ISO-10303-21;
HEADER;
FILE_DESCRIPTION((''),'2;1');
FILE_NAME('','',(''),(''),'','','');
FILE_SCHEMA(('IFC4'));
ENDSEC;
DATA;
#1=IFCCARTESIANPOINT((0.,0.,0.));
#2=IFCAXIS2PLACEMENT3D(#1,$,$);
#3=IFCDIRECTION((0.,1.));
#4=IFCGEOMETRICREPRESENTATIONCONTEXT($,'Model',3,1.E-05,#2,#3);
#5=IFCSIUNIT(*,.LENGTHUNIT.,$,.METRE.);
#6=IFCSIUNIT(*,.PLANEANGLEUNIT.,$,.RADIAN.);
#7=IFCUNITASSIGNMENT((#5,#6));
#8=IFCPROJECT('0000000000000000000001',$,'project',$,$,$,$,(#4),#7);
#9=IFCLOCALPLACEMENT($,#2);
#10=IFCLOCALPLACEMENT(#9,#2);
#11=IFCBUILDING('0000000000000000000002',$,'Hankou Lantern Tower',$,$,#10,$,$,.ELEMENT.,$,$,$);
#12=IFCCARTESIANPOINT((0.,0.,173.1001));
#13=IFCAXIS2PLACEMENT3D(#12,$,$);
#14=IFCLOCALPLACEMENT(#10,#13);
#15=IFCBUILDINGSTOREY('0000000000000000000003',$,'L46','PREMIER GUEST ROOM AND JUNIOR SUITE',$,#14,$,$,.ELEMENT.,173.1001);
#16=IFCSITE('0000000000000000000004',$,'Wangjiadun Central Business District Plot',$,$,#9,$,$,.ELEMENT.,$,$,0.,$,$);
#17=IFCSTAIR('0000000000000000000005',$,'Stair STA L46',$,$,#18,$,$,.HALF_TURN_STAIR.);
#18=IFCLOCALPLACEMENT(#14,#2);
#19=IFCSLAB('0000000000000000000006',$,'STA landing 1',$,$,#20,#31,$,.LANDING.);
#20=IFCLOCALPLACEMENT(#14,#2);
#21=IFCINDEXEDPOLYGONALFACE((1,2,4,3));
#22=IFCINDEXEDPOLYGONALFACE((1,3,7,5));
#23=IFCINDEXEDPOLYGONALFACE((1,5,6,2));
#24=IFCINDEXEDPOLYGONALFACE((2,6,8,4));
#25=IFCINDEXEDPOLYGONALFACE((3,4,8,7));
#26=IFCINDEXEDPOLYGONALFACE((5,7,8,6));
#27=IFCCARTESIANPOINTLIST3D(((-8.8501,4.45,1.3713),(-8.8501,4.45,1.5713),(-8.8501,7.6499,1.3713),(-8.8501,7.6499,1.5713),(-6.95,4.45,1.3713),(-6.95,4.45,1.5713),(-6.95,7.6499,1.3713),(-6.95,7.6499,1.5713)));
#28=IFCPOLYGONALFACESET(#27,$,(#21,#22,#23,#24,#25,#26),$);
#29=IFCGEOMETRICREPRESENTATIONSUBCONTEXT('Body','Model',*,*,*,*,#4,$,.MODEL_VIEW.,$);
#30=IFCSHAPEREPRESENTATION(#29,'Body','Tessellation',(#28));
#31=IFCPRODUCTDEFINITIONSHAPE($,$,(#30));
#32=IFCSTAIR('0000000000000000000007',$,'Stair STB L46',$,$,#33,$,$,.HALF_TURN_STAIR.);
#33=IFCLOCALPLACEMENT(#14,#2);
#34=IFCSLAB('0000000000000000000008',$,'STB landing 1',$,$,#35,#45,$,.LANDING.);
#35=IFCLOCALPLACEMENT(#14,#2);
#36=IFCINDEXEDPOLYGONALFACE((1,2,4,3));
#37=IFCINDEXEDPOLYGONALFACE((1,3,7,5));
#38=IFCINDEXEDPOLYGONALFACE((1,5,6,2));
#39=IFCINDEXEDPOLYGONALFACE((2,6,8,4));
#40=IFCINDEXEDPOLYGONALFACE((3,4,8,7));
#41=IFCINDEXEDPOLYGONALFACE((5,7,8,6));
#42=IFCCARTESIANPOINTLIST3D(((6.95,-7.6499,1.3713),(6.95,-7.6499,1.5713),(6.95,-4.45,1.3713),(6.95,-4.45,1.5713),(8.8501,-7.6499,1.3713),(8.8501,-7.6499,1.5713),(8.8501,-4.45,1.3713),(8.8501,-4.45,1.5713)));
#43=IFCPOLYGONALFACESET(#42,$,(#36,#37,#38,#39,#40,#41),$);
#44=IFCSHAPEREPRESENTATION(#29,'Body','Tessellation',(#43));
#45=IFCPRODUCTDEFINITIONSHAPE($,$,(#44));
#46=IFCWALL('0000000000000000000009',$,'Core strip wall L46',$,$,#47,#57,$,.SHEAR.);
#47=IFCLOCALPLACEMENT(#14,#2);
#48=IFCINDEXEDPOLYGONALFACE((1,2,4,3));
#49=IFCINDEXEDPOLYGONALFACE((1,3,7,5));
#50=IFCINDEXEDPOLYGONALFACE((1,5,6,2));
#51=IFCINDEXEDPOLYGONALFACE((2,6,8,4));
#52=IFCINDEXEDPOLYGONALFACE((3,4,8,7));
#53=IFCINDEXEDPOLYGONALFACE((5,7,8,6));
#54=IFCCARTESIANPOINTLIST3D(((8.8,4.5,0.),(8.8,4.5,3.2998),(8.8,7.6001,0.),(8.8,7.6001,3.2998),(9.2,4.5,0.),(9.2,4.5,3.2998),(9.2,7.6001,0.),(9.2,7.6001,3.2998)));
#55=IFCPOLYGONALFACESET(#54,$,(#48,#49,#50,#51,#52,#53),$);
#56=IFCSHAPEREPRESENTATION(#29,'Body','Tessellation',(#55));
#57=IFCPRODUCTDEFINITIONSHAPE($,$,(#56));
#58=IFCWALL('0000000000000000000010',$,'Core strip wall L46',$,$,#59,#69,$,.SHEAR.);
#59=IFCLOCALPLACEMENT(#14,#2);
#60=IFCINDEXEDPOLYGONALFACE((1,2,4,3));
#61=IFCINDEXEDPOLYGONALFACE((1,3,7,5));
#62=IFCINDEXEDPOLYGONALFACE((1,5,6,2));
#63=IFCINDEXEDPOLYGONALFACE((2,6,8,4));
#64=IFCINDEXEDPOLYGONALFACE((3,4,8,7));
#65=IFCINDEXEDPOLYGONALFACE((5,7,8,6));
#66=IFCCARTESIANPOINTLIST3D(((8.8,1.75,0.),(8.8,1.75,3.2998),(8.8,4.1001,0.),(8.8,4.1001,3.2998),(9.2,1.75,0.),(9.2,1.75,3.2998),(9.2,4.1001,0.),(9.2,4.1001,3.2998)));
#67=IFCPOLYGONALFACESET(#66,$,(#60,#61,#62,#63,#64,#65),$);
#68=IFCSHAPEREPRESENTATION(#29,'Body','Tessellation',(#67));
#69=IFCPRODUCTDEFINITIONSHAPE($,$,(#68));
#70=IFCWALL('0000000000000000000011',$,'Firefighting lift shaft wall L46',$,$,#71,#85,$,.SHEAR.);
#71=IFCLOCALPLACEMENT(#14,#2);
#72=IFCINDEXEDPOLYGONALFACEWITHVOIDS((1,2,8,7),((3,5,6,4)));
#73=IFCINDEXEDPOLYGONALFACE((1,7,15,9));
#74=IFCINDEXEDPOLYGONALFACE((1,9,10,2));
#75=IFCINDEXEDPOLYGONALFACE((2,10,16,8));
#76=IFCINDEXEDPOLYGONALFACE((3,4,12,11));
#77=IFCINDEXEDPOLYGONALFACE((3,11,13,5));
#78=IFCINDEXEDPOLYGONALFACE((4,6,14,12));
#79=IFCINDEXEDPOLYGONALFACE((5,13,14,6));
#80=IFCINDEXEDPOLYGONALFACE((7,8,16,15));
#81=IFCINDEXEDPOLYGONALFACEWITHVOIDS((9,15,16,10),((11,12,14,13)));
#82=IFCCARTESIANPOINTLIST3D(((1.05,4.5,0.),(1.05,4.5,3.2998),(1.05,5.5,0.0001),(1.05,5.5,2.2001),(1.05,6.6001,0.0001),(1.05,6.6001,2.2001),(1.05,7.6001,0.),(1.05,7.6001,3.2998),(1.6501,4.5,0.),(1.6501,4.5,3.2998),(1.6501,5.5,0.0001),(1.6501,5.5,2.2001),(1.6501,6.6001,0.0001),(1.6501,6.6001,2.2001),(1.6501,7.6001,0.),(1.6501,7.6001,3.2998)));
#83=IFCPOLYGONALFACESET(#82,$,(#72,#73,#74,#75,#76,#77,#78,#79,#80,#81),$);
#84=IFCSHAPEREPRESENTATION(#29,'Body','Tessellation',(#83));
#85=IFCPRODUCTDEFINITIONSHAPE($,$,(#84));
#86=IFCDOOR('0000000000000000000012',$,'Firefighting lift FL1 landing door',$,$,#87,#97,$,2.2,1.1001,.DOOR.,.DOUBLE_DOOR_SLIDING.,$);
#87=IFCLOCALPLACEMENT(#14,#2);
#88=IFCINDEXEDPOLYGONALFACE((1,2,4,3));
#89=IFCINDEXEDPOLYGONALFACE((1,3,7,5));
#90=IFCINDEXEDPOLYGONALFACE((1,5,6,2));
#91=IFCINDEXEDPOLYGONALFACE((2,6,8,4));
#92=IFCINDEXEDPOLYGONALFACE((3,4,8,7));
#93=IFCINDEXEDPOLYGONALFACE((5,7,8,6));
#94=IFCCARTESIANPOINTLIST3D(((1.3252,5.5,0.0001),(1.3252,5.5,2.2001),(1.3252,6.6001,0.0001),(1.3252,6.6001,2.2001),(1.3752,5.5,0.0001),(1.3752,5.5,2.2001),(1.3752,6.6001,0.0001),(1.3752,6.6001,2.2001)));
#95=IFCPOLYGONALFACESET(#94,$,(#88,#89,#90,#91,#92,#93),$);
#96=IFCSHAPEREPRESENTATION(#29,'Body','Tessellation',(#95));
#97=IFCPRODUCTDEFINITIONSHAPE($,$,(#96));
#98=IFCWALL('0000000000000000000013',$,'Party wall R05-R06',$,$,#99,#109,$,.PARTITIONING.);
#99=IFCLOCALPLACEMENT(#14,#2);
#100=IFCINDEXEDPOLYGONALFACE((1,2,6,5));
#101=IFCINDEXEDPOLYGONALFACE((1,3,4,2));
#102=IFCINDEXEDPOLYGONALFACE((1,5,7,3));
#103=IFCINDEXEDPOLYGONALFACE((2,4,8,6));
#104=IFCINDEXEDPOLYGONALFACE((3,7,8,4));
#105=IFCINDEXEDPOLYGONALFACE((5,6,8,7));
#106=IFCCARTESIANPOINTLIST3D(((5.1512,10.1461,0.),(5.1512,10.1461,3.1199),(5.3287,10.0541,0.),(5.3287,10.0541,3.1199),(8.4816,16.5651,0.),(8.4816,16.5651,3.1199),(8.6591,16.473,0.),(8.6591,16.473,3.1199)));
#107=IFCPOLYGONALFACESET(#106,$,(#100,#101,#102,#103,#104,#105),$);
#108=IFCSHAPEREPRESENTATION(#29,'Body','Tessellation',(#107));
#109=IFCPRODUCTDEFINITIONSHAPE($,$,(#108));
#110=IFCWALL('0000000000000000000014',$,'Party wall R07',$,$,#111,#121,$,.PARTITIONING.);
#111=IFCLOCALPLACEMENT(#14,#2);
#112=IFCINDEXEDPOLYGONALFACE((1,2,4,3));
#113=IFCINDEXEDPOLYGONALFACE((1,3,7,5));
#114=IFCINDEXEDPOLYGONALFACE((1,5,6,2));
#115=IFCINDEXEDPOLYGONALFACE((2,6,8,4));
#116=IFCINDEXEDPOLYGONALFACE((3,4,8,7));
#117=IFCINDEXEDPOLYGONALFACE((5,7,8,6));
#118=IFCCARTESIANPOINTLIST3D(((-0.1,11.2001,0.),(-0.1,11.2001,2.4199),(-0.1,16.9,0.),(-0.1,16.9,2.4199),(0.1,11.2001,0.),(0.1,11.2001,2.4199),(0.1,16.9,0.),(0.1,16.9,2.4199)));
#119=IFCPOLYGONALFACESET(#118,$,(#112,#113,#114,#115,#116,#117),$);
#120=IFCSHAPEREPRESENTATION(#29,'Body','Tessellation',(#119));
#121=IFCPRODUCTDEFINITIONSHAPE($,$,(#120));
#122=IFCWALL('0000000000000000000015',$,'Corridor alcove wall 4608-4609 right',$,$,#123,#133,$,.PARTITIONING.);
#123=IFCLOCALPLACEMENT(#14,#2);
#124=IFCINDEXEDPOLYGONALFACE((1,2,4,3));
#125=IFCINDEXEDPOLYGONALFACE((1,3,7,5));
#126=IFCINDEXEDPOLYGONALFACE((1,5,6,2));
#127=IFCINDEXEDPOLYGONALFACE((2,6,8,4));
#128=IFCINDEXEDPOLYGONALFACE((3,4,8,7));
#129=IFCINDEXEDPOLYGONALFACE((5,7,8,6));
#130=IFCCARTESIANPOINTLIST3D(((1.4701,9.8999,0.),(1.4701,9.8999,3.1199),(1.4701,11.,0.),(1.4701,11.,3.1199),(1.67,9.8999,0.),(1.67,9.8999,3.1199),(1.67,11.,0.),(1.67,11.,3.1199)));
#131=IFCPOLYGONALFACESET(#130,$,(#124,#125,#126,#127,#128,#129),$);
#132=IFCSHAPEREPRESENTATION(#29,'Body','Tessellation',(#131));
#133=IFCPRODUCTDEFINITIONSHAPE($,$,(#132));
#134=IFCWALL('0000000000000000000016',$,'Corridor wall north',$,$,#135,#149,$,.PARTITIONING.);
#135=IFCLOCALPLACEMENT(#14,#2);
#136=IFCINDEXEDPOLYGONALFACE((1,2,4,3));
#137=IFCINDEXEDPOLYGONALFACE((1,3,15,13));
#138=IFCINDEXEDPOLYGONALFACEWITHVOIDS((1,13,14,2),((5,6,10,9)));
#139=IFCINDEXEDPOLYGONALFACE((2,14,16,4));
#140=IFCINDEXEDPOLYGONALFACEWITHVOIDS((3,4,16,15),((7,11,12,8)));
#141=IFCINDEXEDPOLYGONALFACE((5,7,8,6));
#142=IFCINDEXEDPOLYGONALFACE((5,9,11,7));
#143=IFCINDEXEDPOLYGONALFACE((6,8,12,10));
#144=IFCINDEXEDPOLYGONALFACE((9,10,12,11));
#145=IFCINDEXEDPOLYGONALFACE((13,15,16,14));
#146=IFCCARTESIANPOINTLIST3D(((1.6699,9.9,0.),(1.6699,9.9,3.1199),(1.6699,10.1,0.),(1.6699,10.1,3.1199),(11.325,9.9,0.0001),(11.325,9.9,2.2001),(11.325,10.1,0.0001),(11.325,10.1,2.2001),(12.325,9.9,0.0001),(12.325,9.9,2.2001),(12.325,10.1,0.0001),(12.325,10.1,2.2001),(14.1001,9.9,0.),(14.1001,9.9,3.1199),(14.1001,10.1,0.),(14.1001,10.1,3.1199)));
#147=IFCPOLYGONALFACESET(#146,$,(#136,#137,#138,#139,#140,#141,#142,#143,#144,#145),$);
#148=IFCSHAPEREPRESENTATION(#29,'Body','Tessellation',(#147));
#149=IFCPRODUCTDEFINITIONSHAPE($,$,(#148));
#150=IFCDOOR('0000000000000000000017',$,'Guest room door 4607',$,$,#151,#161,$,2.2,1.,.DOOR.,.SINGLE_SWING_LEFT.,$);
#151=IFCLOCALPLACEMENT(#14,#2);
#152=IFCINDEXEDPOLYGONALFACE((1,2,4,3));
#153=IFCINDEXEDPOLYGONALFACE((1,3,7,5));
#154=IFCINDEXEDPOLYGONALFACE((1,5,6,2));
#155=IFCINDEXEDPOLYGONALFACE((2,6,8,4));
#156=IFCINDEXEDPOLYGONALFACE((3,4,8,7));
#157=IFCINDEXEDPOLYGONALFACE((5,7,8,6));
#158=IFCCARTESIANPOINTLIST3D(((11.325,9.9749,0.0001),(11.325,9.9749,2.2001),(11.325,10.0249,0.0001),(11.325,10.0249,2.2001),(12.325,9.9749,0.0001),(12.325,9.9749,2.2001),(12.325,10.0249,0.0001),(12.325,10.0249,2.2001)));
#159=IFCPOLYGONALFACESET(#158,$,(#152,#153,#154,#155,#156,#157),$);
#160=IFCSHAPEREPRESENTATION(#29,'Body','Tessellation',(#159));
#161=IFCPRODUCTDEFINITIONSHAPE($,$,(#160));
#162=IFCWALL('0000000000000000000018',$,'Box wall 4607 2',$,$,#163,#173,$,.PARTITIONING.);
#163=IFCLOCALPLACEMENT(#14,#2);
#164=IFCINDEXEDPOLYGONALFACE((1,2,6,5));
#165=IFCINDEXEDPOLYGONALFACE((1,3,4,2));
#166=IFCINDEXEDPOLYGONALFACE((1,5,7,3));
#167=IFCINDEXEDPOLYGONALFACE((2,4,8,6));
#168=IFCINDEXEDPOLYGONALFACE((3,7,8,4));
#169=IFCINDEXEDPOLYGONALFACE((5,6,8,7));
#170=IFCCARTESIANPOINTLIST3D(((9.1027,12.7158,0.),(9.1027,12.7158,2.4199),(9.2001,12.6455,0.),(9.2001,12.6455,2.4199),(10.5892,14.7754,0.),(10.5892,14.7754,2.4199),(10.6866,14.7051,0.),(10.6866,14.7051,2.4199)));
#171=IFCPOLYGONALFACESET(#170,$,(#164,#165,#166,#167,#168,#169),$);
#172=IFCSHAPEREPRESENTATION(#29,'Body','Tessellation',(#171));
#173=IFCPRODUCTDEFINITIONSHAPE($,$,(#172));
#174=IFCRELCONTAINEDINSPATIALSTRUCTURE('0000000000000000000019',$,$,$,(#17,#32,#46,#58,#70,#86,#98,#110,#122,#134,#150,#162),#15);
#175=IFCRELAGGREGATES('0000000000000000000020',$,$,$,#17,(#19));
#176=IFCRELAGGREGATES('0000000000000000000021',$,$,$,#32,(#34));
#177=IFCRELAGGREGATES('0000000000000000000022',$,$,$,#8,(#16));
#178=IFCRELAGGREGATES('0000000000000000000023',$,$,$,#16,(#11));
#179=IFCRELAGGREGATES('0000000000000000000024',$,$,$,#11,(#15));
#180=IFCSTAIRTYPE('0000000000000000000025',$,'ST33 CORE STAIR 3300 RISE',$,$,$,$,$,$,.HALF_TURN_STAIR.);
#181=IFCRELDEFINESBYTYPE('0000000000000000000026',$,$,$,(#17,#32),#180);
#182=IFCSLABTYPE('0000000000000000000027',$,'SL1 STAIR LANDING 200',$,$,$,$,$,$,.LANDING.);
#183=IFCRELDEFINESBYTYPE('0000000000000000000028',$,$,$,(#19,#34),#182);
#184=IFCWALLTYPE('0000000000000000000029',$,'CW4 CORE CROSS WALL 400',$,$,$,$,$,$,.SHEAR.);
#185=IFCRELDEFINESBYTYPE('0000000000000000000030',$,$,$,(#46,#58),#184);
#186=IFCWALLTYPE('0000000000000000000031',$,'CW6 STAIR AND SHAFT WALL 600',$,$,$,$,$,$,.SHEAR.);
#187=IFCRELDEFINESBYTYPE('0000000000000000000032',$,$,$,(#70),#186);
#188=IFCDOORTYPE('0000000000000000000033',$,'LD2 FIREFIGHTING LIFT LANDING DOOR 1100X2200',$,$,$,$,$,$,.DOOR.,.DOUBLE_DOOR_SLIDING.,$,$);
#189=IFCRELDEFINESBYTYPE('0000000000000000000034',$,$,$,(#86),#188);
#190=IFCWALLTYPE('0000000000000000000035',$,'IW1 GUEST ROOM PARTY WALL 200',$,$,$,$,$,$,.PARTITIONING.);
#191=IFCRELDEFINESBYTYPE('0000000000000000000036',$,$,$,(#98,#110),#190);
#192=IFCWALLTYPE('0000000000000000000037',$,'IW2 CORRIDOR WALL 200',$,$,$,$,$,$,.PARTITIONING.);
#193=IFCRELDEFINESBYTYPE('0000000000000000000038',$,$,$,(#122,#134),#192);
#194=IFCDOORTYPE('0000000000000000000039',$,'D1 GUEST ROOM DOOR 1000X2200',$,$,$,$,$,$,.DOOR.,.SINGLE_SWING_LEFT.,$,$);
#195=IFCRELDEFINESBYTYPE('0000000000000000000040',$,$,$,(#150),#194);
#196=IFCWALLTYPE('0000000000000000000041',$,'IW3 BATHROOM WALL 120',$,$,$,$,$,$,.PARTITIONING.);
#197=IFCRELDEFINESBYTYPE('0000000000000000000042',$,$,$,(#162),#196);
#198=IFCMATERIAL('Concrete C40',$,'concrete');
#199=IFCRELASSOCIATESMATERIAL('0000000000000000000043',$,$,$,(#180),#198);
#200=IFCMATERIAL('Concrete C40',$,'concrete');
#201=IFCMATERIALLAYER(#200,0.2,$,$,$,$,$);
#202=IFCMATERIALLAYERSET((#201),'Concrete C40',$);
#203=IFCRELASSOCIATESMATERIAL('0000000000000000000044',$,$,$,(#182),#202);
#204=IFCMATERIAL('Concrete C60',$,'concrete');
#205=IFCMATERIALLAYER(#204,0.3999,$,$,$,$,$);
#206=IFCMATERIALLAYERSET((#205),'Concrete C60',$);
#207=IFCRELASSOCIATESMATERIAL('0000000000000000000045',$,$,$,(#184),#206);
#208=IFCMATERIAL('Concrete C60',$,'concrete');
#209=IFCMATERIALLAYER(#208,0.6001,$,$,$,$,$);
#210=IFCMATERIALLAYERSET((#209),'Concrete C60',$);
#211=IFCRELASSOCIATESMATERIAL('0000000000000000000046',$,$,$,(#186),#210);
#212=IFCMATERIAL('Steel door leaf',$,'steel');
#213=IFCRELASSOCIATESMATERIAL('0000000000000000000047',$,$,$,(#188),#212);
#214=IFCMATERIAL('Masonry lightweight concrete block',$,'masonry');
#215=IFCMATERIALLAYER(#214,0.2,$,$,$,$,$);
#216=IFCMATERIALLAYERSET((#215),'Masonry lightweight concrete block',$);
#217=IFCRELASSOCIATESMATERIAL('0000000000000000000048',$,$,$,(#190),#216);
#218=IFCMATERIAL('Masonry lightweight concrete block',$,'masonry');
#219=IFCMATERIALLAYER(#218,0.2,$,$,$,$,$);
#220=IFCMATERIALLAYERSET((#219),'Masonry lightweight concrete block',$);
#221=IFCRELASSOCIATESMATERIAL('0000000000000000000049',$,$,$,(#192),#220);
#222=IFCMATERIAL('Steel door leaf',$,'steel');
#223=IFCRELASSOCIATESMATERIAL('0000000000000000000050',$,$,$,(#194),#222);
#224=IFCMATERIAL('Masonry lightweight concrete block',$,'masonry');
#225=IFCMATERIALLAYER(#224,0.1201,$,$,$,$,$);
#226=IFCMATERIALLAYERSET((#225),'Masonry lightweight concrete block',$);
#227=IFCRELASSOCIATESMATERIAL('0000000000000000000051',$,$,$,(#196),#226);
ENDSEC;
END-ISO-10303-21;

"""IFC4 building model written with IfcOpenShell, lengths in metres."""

from ifc_helpers import new_model, si_unit, direction, frame, frame_2d, origin, place, context, subcontext, project, spatial, polyline, rectangle, outline, extrude, material, layer, layer_set, type_object, element, fill, aggregate, save


model = new_model("IFC4")

# Units and contexts
model_context = context("Model", 3, precision=1e-05, world=origin(), true_north=direction((0.0, 1.0)))
body_context = subcontext(model_context, "Body", "Model", "MODEL_VIEW")
ifc_project = project(units=[si_unit("LENGTHUNIT", "METRE"), si_unit("PLANEANGLEUNIT", "RADIAN")], contexts=[model_context])

# Site, building, storey
site_placement = place(None, origin())
site = spatial("IfcSite", under=ifc_project, at=site_placement, Name="Wangjiadun Central Business District Plot", CompositionType="ELEMENT", RefElevation=0.0)
building_placement = place(site_placement, origin())
building = spatial("IfcBuilding", under=site, at=building_placement, Name="Hankou Lantern Tower", CompositionType="ELEMENT")
storey_placement = place(building_placement, frame((0.0, 0.0, 173.1001)))
storey = spatial("IfcBuildingStorey", under=building, at=storey_placement, Name="L46", Description="PREMIER GUEST ROOM AND JUNIOR SUITE", CompositionType="ELEMENT", Elevation=173.1001)

# Stairs, slabs
ifc_material_1 = material(Name="Concrete C40", Category="concrete")
stair_type = type_object("IfcStairType", Name="ST33 CORE STAIR 3300 RISE", PredefinedType="HALF_TURN_STAIR", material=ifc_material_1)
stair_1_placement = place(storey_placement, origin())
stair_1 = element("IfcStair", 1, at=stair_1_placement, inside=storey, type_object=stair_type, Name="Stair STA L46", PredefinedType="HALF_TURN_STAIR")
ifc_material_2 = material(Name="Concrete C40", Category="concrete")
ifc_layer_1 = layer(ifc_material_2, 0.2)
ifc_layer_set_1 = layer_set([ifc_layer_1], Name="Concrete C40")
slab_type_1 = type_object("IfcSlabType", Name="SL1 STAIR LANDING 200", PredefinedType="LANDING", material=ifc_layer_set_1)
slab_1_placement = place(storey_placement, frame((0.0, 0.0, 1.3713)))
slab_1 = element("IfcSlab", 2, at=slab_1_placement, type_object=slab_type_1, Name="STA landing 1", PredefinedType="LANDING", context=body_context, shape_type="SweptSolid", body=[
    extrude(outline(polyline([(-8.8501, 4.45), (-6.95, 4.45), (-6.95, 7.6499), (-8.8501, 7.6499), (-8.8501, 4.45)])), origin(), (0.0, 0.0, 1.0), 0.2),
])
aggregate(stair_1, [slab_1])
stair_2_placement = place(storey_placement, origin())
stair_2 = element("IfcStair", 3, at=stair_2_placement, inside=storey, type_object=stair_type, Name="Stair STB L46", PredefinedType="HALF_TURN_STAIR")
slab_2_placement = place(storey_placement, frame((0.0, 0.0, 1.3713)))
slab_2 = element("IfcSlab", 4, at=slab_2_placement, type_object=slab_type_1, Name="STB landing 1", PredefinedType="LANDING", context=body_context, shape_type="SweptSolid", body=[
    extrude(outline(polyline([(8.8501, -4.45), (6.95, -4.45), (6.95, -7.6499), (8.8501, -7.6499), (8.8501, -4.45)])), origin(), (0.0, 0.0, 1.0), 0.2),
])
aggregate(stair_2, [slab_2])

# Walls
ifc_material_3 = material(Name="Concrete C60", Category="concrete")
ifc_layer_2 = layer(ifc_material_3, 0.3999)
ifc_layer_set_2 = layer_set([ifc_layer_2], Name="Concrete C60")
wall_type_1 = type_object("IfcWallType", Name="CW4 CORE CROSS WALL 400", PredefinedType="SHEAR", material=ifc_layer_set_2)
wall_1_placement = place(storey_placement, frame((9.0, 4.5, 0.0), z_axis=(0.0, 0.0, 1.0), x_axis=(0.0, 1.0, 0.0)))
element("IfcWall", 5, at=wall_1_placement, inside=storey, type_object=wall_type_1, Name="Core strip wall L46", PredefinedType="SHEAR", context=body_context, shape_type="SweptSolid", body=[
    extrude(rectangle(XDim=3.1001, YDim=0.3999, at=frame_2d((1.55, 0.0))), origin(), (0.0, 0.0, 1.0), 3.2998),
])
wall_2_placement = place(storey_placement, frame((9.0, 1.75, 0.0), z_axis=(0.0, 0.0, 1.0), x_axis=(0.0, 1.0, 0.0)))
element("IfcWall", 6, at=wall_2_placement, inside=storey, type_object=wall_type_1, Name="Core strip wall L46", PredefinedType="SHEAR", context=body_context, shape_type="SweptSolid", body=[
    extrude(rectangle(XDim=2.3501, YDim=0.3999, at=frame_2d((1.175, 0.0))), origin(), (0.0, 0.0, 1.0), 3.2998),
])

# Wall, opening, door
ifc_material_4 = material(Name="Concrete C60", Category="concrete")
ifc_layer_3 = layer(ifc_material_4, 0.6001)
ifc_layer_set_3 = layer_set([ifc_layer_3], Name="Concrete C60")
wall_type_2 = type_object("IfcWallType", Name="CW6 STAIR AND SHAFT WALL 600", PredefinedType="SHEAR", material=ifc_layer_set_3)
wall_3_placement = place(storey_placement, frame((1.3501, 4.5, 0.0), z_axis=(0.0, 0.0, 1.0), x_axis=(0.0, 1.0, 0.0)))
wall_3 = element("IfcWall", 7, at=wall_3_placement, inside=storey, type_object=wall_type_2, Name="Firefighting lift shaft wall L46", PredefinedType="SHEAR", context=body_context, shape_type="SweptSolid", body=[
    extrude(rectangle(XDim=3.1001, YDim=0.6001, at=frame_2d((1.55, 0.0))), origin(), (0.0, 0.0, 1.0), 3.2998),
])
opening_1_placement = place(wall_3_placement, frame((1.0, 0.0, 0.0)))
opening_1 = element("IfcOpeningElement", 8, at=opening_1_placement, cuts=wall_3, PredefinedType="OPENING", context=body_context, shape_type="SweptSolid", body=[
    extrude(rectangle(XDim=1.1001, YDim=2.2, at=frame_2d((0.55, 1.1001))), frame((0.0, 0.3101, 0.0), z_axis=(0.0, -1.0, 0.0), x_axis=(1.0, 0.0, 0.0)), (0.0, 0.0, 1.0), 0.6201),
])
ifc_material_5 = material(Name="Steel door leaf", Category="steel")
door_type_1 = type_object("IfcDoorType", Name="LD2 FIREFIGHTING LIFT LANDING DOOR 1100X2200", OperationType="DOUBLE_DOOR_SLIDING", PredefinedType="DOOR", material=ifc_material_5)
door_1_placement = place(opening_1_placement, origin())
door_1 = element("IfcDoor", 9, at=door_1_placement, inside=storey, type_object=door_type_1, Name="Firefighting lift FL1 landing door", OperationType="DOUBLE_DOOR_SLIDING", OverallHeight=2.2, OverallWidth=1.1001, PredefinedType="DOOR", context=body_context, shape_type="SweptSolid", body=[
    extrude(rectangle(XDim=1.1001, YDim=2.2, at=frame_2d((0.55, 1.1001))), frame((0.0, 0.0249, 0.0), z_axis=(0.0, -1.0, 0.0), x_axis=(1.0, 0.0, 0.0)), (0.0, 0.0, 1.0), 0.05),
])
fill(opening_1, door_1)

# Walls
ifc_material_6 = material(Name="Masonry lightweight concrete block", Category="masonry")
ifc_layer_4 = layer(ifc_material_6, 0.2)
ifc_layer_set_4 = layer_set([ifc_layer_4], Name="Masonry lightweight concrete block")
wall_type_3 = type_object("IfcWallType", Name="IW1 GUEST ROOM PARTY WALL 200", PredefinedType="PARTITIONING", material=ifc_layer_set_4)
wall_4_placement = place(storey_placement, frame((5.24, 10.1001, 0.0), z_axis=(0.0, 0.0, 1.0), x_axis=(0.460533, 0.887643, 0.0)))
element("IfcWall", 10, at=wall_4_placement, inside=storey, type_object=wall_type_3, Name="Party wall R05-R06", PredefinedType="PARTITIONING", context=body_context, shape_type="SweptSolid", body=[
    extrude(rectangle(XDim=7.2314, YDim=0.2, at=frame_2d((3.6157, 0.0))), origin(), (0.0, 0.0, 1.0), 3.1199),
])
wall_5_placement = place(storey_placement, frame((0.0, 11.2, 0.0), z_axis=(0.0, 0.0, 1.0), x_axis=(0.0, 1.0, 0.0)))
element("IfcWall", 11, at=wall_5_placement, inside=storey, type_object=wall_type_3, Name="Party wall R07", PredefinedType="PARTITIONING", context=body_context, shape_type="SweptSolid", body=[
    extrude(rectangle(XDim=5.7, YDim=0.2, at=frame_2d((2.8501, 0.0))), origin(), (0.0, 0.0, 1.0), 2.4199),
])
ifc_material_7 = material(Name="Masonry lightweight concrete block", Category="masonry")
ifc_layer_5 = layer(ifc_material_7, 0.2)
ifc_layer_set_5 = layer_set([ifc_layer_5], Name="Masonry lightweight concrete block")
wall_type_4 = type_object("IfcWallType", Name="IW2 CORRIDOR WALL 200", PredefinedType="PARTITIONING", material=ifc_layer_set_5)
wall_6_placement = place(storey_placement, frame((1.5701, 9.8999, 0.0), z_axis=(0.0, 0.0, 1.0), x_axis=(0.0, 1.0, 0.0)))
element("IfcWall", 12, at=wall_6_placement, inside=storey, type_object=wall_type_4, Name="Corridor alcove wall 4608-4609 right", PredefinedType="PARTITIONING", context=body_context, shape_type="SweptSolid", body=[
    extrude(rectangle(XDim=1.1001, YDim=0.2, at=frame_2d((0.55, 0.0))), origin(), (0.0, 0.0, 1.0), 3.1199),
])

# Wall, opening, door
wall_7_placement = place(storey_placement, frame((1.6699, 10.0, 0.0), z_axis=(0.0, 0.0, 1.0), x_axis=(1.0, 0.0, 0.0)))
wall_7 = element("IfcWall", 13, at=wall_7_placement, inside=storey, type_object=wall_type_4, Name="Corridor wall north", PredefinedType="PARTITIONING", context=body_context, shape_type="SweptSolid", body=[
    extrude(rectangle(XDim=12.4302, YDim=0.2, at=frame_2d((6.2151, 0.0))), origin(), (0.0, 0.0, 1.0), 3.1199),
])
opening_2_placement = place(wall_7_placement, frame((9.655, 0.0, 0.0)))
opening_2 = element("IfcOpeningElement", 14, at=opening_2_placement, cuts=wall_7, PredefinedType="OPENING", context=body_context, shape_type="SweptSolid", body=[
    extrude(rectangle(XDim=1.0, YDim=2.2, at=frame_2d((0.5, 1.1001))), frame((0.0, 0.1099, 0.0), z_axis=(0.0, -1.0, 0.0), x_axis=(1.0, 0.0, 0.0)), (0.0, 0.0, 1.0), 0.22),
])
ifc_material_8 = material(Name="Steel door leaf", Category="steel")
door_type_2 = type_object("IfcDoorType", Name="D1 GUEST ROOM DOOR 1000X2200", OperationType="SINGLE_SWING_LEFT", PredefinedType="DOOR", material=ifc_material_8)
door_2_placement = place(opening_2_placement, origin())
door_2 = element("IfcDoor", 15, at=door_2_placement, inside=storey, type_object=door_type_2, Name="Guest room door 4607", OperationType="SINGLE_SWING_LEFT", OverallHeight=2.2, OverallWidth=1.0, PredefinedType="DOOR", context=body_context, shape_type="SweptSolid", body=[
    extrude(rectangle(XDim=1.0, YDim=2.2, at=frame_2d((0.5, 1.1001))), frame((0.0, 0.0249, 0.0), z_axis=(0.0, -1.0, 0.0), x_axis=(1.0, 0.0, 0.0)), (0.0, 0.0, 1.0), 0.05),
])
fill(opening_2, door_2)

# Wall
ifc_material_9 = material(Name="Masonry lightweight concrete block", Category="masonry")
ifc_layer_6 = layer(ifc_material_9, 0.1201)
ifc_layer_set_6 = layer_set([ifc_layer_6], Name="Masonry lightweight concrete block")
wall_type_5 = type_object("IfcWallType", Name="IW3 BATHROOM WALL 120", PredefinedType="PARTITIONING", material=ifc_layer_set_6)
wall_8_placement = place(storey_placement, frame((9.1514, 12.6807, 0.0), z_axis=(0.0, 0.0, 1.0), x_axis=(0.585259, 0.810846, 0.0)))
element("IfcWall", 16, at=wall_8_placement, inside=storey, type_object=wall_type_5, Name="Box wall 4607 2", PredefinedType="PARTITIONING", context=body_context, shape_type="SweptSolid", body=[
    extrude(rectangle(XDim=2.54, YDim=0.1201, at=frame_2d((1.27, 0.0))), origin(), (0.0, 0.0, 1.0), 2.4199),
])

save(model, "model.ifc")
